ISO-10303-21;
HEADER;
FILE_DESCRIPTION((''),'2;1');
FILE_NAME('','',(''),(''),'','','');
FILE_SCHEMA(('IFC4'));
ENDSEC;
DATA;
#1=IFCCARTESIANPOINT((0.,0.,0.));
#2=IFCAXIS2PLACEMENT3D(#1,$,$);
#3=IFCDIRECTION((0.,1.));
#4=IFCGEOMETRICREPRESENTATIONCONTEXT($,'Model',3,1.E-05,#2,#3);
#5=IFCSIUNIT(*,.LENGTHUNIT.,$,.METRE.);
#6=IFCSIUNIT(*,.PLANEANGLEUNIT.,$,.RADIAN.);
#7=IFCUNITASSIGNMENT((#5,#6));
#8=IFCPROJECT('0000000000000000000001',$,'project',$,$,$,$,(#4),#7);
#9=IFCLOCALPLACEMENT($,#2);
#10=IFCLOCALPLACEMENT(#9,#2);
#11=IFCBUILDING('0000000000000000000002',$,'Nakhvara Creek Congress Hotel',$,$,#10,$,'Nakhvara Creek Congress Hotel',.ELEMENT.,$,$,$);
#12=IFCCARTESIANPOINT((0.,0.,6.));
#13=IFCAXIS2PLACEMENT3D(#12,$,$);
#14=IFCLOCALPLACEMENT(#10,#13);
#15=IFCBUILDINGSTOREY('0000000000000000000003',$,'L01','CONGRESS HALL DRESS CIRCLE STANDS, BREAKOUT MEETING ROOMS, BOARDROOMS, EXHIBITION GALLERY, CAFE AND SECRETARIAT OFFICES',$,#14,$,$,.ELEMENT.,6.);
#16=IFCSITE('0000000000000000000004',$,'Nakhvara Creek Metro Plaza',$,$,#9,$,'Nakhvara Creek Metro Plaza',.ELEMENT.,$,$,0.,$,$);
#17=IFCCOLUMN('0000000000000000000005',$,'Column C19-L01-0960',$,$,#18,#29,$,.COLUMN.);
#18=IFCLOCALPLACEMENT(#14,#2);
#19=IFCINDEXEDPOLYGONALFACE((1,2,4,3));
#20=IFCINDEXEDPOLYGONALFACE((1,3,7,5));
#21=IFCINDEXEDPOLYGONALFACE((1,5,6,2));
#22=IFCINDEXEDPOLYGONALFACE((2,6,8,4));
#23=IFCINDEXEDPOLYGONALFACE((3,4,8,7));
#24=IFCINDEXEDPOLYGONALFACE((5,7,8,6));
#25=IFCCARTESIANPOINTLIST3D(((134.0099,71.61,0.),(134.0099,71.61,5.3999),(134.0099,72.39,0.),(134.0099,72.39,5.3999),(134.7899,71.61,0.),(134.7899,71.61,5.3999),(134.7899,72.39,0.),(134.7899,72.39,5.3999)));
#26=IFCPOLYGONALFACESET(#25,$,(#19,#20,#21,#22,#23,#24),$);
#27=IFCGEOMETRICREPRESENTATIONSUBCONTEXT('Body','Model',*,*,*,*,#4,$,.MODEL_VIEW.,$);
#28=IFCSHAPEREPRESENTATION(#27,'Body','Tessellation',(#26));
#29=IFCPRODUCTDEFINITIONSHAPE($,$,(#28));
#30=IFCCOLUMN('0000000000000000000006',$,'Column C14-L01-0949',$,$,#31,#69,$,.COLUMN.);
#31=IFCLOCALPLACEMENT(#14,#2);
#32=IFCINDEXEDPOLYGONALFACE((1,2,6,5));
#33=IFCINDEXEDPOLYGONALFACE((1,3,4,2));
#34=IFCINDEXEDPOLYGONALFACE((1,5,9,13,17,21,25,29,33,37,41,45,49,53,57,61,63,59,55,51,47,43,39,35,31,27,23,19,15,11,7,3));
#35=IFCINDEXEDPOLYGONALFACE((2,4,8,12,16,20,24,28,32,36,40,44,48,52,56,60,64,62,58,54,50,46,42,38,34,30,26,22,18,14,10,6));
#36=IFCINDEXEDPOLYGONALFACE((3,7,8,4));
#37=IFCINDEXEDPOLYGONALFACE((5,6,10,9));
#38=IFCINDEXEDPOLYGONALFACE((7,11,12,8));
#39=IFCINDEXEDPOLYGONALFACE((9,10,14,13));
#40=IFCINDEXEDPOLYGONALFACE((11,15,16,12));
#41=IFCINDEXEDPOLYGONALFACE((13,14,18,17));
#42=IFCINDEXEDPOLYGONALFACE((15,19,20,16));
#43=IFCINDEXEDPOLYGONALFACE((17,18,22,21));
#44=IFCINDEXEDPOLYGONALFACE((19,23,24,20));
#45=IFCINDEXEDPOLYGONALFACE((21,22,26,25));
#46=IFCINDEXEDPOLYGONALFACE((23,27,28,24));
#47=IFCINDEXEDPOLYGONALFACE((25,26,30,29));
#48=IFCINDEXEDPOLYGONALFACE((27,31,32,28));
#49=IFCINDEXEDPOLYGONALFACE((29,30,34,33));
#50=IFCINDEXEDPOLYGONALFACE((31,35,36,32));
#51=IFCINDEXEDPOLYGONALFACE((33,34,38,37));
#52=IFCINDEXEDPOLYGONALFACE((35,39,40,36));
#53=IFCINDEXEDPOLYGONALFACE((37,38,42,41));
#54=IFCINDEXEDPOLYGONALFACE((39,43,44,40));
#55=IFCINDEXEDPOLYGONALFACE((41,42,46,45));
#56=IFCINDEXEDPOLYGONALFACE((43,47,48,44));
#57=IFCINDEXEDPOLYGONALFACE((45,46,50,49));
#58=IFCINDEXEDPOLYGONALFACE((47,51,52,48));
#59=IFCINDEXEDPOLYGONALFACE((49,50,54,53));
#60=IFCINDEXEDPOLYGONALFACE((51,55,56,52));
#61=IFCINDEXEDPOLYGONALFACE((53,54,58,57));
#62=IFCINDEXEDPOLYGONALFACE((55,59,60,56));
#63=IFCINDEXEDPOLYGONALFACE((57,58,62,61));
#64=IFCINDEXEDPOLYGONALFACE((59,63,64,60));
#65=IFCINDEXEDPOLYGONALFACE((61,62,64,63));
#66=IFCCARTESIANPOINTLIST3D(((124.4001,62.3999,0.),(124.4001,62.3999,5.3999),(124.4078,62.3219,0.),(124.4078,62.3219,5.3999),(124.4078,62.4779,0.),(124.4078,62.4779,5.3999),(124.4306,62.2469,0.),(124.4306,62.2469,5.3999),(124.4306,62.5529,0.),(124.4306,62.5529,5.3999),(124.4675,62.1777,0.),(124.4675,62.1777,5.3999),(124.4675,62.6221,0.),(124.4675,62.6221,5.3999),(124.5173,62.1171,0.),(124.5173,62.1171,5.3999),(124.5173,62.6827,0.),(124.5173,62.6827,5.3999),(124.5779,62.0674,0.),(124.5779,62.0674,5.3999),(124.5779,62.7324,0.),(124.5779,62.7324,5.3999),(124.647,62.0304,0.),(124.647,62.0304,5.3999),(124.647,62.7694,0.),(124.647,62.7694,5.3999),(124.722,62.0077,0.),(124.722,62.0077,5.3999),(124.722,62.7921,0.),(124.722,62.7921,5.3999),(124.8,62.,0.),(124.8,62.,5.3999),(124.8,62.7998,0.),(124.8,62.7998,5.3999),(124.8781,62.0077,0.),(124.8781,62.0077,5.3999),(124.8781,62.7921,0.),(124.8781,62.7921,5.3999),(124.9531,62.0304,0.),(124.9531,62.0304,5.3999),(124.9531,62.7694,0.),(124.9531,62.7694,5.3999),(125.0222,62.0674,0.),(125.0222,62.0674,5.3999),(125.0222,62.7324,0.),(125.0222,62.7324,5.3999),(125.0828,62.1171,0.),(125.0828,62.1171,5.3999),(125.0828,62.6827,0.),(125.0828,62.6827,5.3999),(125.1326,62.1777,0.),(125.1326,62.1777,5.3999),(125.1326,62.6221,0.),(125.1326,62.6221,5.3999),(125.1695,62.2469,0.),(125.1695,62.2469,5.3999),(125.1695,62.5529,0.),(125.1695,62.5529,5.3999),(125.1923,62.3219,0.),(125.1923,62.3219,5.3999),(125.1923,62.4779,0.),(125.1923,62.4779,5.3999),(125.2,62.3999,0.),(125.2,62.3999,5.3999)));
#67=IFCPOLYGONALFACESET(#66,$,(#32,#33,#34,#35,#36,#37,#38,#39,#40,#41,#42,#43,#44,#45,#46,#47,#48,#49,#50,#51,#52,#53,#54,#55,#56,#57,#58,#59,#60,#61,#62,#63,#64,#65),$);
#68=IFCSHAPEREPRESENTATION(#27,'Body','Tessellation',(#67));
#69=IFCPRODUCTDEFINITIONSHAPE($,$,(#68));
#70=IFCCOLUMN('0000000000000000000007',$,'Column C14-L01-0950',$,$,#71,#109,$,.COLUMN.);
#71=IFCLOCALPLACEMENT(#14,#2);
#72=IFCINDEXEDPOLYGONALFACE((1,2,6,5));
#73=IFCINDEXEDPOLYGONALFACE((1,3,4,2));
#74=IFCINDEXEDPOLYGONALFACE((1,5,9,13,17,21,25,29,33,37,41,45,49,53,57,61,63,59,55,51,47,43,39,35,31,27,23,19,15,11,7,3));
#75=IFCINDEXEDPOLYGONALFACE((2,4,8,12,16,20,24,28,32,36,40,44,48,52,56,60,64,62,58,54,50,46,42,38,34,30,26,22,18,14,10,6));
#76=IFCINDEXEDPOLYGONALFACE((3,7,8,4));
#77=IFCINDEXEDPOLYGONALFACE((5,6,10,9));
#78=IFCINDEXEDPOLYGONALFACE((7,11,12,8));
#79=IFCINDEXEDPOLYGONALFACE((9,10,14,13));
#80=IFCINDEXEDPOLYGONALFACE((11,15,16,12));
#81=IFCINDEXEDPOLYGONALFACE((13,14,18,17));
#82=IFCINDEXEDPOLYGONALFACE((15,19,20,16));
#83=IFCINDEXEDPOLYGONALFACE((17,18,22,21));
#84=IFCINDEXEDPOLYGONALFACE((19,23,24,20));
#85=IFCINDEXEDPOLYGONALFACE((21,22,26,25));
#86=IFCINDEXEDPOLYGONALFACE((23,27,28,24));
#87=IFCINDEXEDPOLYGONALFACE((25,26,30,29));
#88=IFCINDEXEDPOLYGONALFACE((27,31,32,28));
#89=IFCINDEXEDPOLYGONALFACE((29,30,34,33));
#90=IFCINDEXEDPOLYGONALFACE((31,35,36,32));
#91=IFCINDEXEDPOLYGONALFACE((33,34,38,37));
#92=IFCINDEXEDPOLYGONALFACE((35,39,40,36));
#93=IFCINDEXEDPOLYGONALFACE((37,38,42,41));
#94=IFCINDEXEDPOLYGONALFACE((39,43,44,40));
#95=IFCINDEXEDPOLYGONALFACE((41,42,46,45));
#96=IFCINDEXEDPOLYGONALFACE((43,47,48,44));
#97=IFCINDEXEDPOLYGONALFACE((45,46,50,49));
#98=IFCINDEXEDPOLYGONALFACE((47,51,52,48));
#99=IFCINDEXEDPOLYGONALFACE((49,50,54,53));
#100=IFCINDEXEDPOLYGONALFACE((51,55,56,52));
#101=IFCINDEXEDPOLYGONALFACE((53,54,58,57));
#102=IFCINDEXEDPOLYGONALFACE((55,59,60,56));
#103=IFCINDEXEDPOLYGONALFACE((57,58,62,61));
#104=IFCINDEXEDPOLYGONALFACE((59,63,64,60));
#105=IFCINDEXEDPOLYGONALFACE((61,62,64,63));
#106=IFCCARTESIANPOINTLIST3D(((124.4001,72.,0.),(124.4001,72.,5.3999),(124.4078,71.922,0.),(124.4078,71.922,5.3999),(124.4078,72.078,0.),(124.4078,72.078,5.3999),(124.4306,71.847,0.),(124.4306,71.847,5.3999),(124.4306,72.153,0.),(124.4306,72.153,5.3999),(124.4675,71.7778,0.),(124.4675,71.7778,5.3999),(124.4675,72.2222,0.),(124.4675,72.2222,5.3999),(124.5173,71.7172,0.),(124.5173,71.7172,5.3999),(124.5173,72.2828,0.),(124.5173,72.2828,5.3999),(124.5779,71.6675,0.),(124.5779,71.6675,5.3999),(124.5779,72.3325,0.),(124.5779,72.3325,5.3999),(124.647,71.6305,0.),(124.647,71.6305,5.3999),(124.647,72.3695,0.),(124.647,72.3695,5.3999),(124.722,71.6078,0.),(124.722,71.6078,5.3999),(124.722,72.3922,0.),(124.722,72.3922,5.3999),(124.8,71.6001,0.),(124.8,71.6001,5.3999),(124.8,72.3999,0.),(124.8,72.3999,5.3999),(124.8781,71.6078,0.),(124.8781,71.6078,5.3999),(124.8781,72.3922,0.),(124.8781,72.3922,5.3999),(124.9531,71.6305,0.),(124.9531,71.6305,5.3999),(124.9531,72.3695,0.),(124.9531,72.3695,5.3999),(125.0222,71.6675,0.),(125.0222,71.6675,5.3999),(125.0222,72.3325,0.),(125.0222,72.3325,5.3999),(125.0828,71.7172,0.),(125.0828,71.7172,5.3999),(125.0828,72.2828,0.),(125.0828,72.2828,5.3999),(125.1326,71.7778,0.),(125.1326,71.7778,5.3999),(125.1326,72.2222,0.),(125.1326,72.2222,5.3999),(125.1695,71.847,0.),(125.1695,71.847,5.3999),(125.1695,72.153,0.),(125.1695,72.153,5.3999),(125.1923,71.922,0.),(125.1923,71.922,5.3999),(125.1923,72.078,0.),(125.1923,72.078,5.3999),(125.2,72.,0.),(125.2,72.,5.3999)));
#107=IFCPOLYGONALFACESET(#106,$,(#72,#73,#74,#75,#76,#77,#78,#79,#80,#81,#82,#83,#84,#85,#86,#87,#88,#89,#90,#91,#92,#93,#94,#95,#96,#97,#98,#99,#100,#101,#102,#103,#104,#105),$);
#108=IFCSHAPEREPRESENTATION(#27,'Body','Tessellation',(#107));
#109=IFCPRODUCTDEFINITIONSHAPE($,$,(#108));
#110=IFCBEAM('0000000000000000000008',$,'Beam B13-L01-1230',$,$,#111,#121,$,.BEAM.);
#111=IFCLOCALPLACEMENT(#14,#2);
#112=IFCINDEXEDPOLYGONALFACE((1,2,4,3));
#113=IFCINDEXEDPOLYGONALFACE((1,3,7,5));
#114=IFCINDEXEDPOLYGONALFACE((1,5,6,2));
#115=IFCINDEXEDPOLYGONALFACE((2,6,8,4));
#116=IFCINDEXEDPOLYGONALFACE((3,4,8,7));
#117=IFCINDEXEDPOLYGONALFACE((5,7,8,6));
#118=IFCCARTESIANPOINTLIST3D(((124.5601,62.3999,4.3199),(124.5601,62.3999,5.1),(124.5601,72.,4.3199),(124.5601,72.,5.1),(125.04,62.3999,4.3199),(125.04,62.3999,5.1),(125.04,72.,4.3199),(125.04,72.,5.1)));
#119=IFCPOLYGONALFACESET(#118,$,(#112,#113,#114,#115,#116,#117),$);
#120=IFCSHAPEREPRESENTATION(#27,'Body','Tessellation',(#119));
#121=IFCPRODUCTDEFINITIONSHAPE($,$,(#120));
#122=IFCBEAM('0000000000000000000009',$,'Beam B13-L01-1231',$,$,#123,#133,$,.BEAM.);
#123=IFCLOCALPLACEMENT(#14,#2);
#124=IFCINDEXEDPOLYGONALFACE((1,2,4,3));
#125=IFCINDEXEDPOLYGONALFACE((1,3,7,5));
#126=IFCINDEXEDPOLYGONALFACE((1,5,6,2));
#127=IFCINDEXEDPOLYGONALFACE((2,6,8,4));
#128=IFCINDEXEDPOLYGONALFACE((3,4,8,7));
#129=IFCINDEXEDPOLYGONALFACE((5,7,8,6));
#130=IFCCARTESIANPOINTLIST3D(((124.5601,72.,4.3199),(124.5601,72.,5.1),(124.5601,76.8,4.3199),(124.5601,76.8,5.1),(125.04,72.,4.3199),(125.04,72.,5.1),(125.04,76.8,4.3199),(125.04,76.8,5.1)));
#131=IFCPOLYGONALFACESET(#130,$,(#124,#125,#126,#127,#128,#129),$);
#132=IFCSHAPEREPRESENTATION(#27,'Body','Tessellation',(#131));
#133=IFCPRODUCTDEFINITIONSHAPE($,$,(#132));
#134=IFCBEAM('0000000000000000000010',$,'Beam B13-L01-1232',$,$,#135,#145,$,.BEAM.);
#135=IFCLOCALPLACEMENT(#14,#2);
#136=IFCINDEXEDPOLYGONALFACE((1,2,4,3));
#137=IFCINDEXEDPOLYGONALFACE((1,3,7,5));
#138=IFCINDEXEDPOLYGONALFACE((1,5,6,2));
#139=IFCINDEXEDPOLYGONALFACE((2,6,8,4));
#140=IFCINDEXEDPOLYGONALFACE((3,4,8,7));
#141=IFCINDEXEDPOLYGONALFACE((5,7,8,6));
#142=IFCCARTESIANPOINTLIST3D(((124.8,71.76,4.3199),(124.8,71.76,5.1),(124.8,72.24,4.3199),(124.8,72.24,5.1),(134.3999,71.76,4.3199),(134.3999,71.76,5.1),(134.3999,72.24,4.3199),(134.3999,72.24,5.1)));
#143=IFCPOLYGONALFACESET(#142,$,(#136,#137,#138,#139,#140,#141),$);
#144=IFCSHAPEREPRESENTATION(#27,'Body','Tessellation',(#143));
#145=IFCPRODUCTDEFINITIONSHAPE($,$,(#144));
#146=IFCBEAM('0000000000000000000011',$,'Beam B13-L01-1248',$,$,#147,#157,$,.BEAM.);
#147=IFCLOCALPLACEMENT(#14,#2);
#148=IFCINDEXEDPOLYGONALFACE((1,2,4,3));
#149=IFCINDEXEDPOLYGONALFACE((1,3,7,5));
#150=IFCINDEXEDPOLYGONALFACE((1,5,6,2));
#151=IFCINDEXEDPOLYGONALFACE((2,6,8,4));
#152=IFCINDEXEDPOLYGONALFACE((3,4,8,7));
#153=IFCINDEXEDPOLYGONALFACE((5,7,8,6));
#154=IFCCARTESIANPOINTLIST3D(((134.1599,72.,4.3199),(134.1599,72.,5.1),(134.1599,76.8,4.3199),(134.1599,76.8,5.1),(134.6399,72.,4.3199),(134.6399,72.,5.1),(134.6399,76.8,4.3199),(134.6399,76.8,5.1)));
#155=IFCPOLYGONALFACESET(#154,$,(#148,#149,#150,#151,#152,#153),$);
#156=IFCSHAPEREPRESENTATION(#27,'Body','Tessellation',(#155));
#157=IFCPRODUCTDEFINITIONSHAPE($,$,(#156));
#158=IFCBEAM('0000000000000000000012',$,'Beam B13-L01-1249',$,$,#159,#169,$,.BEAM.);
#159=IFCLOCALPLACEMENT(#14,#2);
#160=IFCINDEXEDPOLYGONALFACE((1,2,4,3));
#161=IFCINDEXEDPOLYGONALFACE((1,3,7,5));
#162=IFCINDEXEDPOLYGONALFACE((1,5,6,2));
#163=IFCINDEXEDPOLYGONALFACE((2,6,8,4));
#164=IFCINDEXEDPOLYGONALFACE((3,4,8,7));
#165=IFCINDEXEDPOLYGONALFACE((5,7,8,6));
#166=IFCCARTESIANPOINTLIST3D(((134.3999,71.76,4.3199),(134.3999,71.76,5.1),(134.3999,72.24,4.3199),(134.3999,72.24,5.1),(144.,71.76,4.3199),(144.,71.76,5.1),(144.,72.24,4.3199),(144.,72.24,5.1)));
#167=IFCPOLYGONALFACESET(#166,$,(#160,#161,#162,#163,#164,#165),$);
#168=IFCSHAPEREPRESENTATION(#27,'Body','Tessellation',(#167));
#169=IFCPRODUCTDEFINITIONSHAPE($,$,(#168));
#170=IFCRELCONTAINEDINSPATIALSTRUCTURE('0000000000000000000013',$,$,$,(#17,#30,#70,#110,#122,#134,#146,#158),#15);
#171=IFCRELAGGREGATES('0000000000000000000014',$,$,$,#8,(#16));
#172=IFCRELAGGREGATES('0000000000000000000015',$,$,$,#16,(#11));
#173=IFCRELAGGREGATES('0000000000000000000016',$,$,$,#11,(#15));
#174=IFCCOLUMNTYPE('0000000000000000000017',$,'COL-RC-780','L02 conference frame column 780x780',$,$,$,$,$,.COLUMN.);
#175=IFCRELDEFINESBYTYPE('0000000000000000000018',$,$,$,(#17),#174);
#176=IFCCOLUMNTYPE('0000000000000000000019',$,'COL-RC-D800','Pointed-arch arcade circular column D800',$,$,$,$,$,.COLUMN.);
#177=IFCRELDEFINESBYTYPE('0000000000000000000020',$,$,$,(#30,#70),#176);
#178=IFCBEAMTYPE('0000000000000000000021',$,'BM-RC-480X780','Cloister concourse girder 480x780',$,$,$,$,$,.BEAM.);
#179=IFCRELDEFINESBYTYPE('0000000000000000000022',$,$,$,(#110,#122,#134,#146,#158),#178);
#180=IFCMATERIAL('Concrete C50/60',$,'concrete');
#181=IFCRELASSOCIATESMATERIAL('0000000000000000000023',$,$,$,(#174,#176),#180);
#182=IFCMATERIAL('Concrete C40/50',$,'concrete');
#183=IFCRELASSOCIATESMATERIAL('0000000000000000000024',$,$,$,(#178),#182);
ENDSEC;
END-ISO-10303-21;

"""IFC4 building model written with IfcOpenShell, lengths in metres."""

from ifc_helpers import new_model, si_unit, direction, frame, origin, origin_2d, place, context, subcontext, project, spatial, rectangle, circle, extrude, material, material_profile, profile_set, type_object, element, save


model = new_model("IFC4")

# Units and contexts
model_context = context("Model", 3, precision=1e-05, world=origin(), true_north=direction((0.0, 1.0)))
body_context = subcontext(model_context, "Body", "Model", "MODEL_VIEW")
ifc_project = project(units=[si_unit("LENGTHUNIT", "METRE"), si_unit("PLANEANGLEUNIT", "RADIAN")], contexts=[model_context])

# Site, building, storey
site_placement = place(None, origin())
site = spatial("IfcSite", under=ifc_project, at=site_placement, Name="Nakhvara Creek Metro Plaza", LongName="Nakhvara Creek Metro Plaza", CompositionType="ELEMENT", RefElevation=0.0)
building_placement = place(site_placement, origin())
building = spatial("IfcBuilding", under=site, at=building_placement, Name="Nakhvara Creek Congress Hotel", LongName="Nakhvara Creek Congress Hotel", CompositionType="ELEMENT")
storey_placement = place(building_placement, frame((0.0, 0.0, 6.0)))
storey = spatial("IfcBuildingStorey", under=building, at=storey_placement, Name="L01", Description="CONGRESS HALL DRESS CIRCLE STANDS, BREAKOUT MEETING ROOMS, BOARDROOMS, EXHIBITION GALLERY, CAFE AND SECRETARIAT OFFICES", CompositionType="ELEMENT", Elevation=6.0)

# Columns
ifc_material_1 = material(Name="Concrete C50/60", Category="concrete")
ifc_material_profile_1 = material_profile(ifc_material_1, rectangle(XDim=0.78, YDim=0.78, at=origin_2d()), Name="RC-COL 780x780", Category="LoadBearing")
ifc_profile_set_1 = profile_set([ifc_material_profile_1], Name="Concrete C50/60")
column_type_1 = type_object("IfcColumnType", Name="COL-RC-780", Description="L02 conference frame column 780x780", PredefinedType="COLUMN", material=ifc_profile_set_1)
column_placement = place(storey_placement, frame((134.3999, 72.0, 0.0), z_axis=(0.0, 0.0, 1.0), x_axis=(1.0, 0.0, 0.0)))
element("IfcColumn", 1, at=column_placement, inside=storey, type_object=column_type_1, Name="Column C19-L01-0960", PredefinedType="COLUMN", context=body_context, shape_type="SweptSolid", body=[
    extrude(rectangle(XDim=0.78, YDim=0.78, at=origin_2d()), origin(), (0.0, 0.0, 1.0), 5.3999),
])
ifc_material_profile_2 = material_profile(ifc_material_1, circle(Radius=0.3999, at=origin_2d()), Name="RC-COL D800", Category="LoadBearing")
ifc_profile_set_2 = profile_set([ifc_material_profile_2], Name="Concrete C50/60")
column_type_2 = type_object("IfcColumnType", Name="COL-RC-D800", Description="Pointed-arch arcade circular column D800", PredefinedType="COLUMN", material=ifc_profile_set_2)
for number, where, z_axis, x_axis, name in (
    (2, (124.8, 62.3999, 0.0), (0.0, 0.0, 1.0), (1.0, 0.0, 0.0), "Column C14-L01-0949"),
    (3, (124.8, 72.0, 0.0), (0.0, 0.0, 1.0), (1.0, 0.0, 0.0), "Column C14-L01-0950"),
):
    element("IfcColumn", number, at=place(storey_placement, frame(where, z_axis=z_axis, x_axis=x_axis)), inside=storey, type_object=column_type_2, Name=name, PredefinedType="COLUMN", context=body_context, shape_type="SweptSolid", body=[
        extrude(circle(Radius=0.3999, at=origin_2d()), origin(), (0.0, 0.0, 1.0), 5.3999),
    ])

# Beams
ifc_material_2 = material(Name="Concrete C40/50", Category="concrete")
ifc_material_profile_3 = material_profile(ifc_material_2, rectangle(XDim=0.48, YDim=0.78, at=origin_2d()), Name="RC-BM 480x780", Category="LoadBearing")
ifc_profile_set_3 = profile_set([ifc_material_profile_3], Name="Concrete C40/50")
beam_type_1 = type_object("IfcBeamType", Name="BM-RC-480X780", Description="Cloister concourse girder 480x780", PredefinedType="BEAM", material=ifc_profile_set_3)
beam_1_placement = place(storey_placement, frame((124.8, 62.3999, 4.71), z_axis=(0.0, 1.0, 0.0), x_axis=(-1.0, 0.0, 0.0)))
element("IfcBeam", 4, at=beam_1_placement, inside=storey, type_object=beam_type_1, Name="Beam B13-L01-1230", PredefinedType="BEAM", context=body_context, shape_type="SweptSolid", body=[
    extrude(rectangle(XDim=0.48, YDim=0.78, at=origin_2d()), origin(), (0.0, 0.0, 1.0), 9.6001),
])
beam_2_placement = place(storey_placement, frame((124.8, 72.0, 4.71), z_axis=(0.0, 1.0, 0.0), x_axis=(-1.0, 0.0, 0.0)))
element("IfcBeam", 5, at=beam_2_placement, inside=storey, type_object=beam_type_1, Name="Beam B13-L01-1231", PredefinedType="BEAM", context=body_context, shape_type="SweptSolid", body=[
    extrude(rectangle(XDim=0.48, YDim=0.78, at=origin_2d()), origin(), (0.0, 0.0, 1.0), 4.8),
])
beam_3_placement = place(storey_placement, frame((124.8, 72.0, 4.71), z_axis=(1.0, 0.0, 0.0), x_axis=(0.0, 1.0, 0.0)))
element("IfcBeam", 6, at=beam_3_placement, inside=storey, type_object=beam_type_1, Name="Beam B13-L01-1232", PredefinedType="BEAM", context=body_context, shape_type="SweptSolid", body=[
    extrude(rectangle(XDim=0.48, YDim=0.78, at=origin_2d()), origin(), (0.0, 0.0, 1.0), 9.5999),
])
beam_4_placement = place(storey_placement, frame((134.3999, 72.0, 4.71), z_axis=(0.0, 1.0, 0.0), x_axis=(-1.0, 0.0, 0.0)))
element("IfcBeam", 7, at=beam_4_placement, inside=storey, type_object=beam_type_1, Name="Beam B13-L01-1248", PredefinedType="BEAM", context=body_context, shape_type="SweptSolid", body=[
    extrude(rectangle(XDim=0.48, YDim=0.78, at=origin_2d()), origin(), (0.0, 0.0, 1.0), 4.8),
])
beam_5_placement = place(storey_placement, frame((134.3999, 72.0, 4.71), z_axis=(1.0, 0.0, 0.0), x_axis=(0.0, 1.0, 0.0)))
element("IfcBeam", 8, at=beam_5_placement, inside=storey, type_object=beam_type_1, Name="Beam B13-L01-1249", PredefinedType="BEAM", context=body_context, shape_type="SweptSolid", body=[
    extrude(rectangle(XDim=0.48, YDim=0.78, at=origin_2d()), origin(), (0.0, 0.0, 1.0), 9.6001),
])

save(model, "model.ifc")
